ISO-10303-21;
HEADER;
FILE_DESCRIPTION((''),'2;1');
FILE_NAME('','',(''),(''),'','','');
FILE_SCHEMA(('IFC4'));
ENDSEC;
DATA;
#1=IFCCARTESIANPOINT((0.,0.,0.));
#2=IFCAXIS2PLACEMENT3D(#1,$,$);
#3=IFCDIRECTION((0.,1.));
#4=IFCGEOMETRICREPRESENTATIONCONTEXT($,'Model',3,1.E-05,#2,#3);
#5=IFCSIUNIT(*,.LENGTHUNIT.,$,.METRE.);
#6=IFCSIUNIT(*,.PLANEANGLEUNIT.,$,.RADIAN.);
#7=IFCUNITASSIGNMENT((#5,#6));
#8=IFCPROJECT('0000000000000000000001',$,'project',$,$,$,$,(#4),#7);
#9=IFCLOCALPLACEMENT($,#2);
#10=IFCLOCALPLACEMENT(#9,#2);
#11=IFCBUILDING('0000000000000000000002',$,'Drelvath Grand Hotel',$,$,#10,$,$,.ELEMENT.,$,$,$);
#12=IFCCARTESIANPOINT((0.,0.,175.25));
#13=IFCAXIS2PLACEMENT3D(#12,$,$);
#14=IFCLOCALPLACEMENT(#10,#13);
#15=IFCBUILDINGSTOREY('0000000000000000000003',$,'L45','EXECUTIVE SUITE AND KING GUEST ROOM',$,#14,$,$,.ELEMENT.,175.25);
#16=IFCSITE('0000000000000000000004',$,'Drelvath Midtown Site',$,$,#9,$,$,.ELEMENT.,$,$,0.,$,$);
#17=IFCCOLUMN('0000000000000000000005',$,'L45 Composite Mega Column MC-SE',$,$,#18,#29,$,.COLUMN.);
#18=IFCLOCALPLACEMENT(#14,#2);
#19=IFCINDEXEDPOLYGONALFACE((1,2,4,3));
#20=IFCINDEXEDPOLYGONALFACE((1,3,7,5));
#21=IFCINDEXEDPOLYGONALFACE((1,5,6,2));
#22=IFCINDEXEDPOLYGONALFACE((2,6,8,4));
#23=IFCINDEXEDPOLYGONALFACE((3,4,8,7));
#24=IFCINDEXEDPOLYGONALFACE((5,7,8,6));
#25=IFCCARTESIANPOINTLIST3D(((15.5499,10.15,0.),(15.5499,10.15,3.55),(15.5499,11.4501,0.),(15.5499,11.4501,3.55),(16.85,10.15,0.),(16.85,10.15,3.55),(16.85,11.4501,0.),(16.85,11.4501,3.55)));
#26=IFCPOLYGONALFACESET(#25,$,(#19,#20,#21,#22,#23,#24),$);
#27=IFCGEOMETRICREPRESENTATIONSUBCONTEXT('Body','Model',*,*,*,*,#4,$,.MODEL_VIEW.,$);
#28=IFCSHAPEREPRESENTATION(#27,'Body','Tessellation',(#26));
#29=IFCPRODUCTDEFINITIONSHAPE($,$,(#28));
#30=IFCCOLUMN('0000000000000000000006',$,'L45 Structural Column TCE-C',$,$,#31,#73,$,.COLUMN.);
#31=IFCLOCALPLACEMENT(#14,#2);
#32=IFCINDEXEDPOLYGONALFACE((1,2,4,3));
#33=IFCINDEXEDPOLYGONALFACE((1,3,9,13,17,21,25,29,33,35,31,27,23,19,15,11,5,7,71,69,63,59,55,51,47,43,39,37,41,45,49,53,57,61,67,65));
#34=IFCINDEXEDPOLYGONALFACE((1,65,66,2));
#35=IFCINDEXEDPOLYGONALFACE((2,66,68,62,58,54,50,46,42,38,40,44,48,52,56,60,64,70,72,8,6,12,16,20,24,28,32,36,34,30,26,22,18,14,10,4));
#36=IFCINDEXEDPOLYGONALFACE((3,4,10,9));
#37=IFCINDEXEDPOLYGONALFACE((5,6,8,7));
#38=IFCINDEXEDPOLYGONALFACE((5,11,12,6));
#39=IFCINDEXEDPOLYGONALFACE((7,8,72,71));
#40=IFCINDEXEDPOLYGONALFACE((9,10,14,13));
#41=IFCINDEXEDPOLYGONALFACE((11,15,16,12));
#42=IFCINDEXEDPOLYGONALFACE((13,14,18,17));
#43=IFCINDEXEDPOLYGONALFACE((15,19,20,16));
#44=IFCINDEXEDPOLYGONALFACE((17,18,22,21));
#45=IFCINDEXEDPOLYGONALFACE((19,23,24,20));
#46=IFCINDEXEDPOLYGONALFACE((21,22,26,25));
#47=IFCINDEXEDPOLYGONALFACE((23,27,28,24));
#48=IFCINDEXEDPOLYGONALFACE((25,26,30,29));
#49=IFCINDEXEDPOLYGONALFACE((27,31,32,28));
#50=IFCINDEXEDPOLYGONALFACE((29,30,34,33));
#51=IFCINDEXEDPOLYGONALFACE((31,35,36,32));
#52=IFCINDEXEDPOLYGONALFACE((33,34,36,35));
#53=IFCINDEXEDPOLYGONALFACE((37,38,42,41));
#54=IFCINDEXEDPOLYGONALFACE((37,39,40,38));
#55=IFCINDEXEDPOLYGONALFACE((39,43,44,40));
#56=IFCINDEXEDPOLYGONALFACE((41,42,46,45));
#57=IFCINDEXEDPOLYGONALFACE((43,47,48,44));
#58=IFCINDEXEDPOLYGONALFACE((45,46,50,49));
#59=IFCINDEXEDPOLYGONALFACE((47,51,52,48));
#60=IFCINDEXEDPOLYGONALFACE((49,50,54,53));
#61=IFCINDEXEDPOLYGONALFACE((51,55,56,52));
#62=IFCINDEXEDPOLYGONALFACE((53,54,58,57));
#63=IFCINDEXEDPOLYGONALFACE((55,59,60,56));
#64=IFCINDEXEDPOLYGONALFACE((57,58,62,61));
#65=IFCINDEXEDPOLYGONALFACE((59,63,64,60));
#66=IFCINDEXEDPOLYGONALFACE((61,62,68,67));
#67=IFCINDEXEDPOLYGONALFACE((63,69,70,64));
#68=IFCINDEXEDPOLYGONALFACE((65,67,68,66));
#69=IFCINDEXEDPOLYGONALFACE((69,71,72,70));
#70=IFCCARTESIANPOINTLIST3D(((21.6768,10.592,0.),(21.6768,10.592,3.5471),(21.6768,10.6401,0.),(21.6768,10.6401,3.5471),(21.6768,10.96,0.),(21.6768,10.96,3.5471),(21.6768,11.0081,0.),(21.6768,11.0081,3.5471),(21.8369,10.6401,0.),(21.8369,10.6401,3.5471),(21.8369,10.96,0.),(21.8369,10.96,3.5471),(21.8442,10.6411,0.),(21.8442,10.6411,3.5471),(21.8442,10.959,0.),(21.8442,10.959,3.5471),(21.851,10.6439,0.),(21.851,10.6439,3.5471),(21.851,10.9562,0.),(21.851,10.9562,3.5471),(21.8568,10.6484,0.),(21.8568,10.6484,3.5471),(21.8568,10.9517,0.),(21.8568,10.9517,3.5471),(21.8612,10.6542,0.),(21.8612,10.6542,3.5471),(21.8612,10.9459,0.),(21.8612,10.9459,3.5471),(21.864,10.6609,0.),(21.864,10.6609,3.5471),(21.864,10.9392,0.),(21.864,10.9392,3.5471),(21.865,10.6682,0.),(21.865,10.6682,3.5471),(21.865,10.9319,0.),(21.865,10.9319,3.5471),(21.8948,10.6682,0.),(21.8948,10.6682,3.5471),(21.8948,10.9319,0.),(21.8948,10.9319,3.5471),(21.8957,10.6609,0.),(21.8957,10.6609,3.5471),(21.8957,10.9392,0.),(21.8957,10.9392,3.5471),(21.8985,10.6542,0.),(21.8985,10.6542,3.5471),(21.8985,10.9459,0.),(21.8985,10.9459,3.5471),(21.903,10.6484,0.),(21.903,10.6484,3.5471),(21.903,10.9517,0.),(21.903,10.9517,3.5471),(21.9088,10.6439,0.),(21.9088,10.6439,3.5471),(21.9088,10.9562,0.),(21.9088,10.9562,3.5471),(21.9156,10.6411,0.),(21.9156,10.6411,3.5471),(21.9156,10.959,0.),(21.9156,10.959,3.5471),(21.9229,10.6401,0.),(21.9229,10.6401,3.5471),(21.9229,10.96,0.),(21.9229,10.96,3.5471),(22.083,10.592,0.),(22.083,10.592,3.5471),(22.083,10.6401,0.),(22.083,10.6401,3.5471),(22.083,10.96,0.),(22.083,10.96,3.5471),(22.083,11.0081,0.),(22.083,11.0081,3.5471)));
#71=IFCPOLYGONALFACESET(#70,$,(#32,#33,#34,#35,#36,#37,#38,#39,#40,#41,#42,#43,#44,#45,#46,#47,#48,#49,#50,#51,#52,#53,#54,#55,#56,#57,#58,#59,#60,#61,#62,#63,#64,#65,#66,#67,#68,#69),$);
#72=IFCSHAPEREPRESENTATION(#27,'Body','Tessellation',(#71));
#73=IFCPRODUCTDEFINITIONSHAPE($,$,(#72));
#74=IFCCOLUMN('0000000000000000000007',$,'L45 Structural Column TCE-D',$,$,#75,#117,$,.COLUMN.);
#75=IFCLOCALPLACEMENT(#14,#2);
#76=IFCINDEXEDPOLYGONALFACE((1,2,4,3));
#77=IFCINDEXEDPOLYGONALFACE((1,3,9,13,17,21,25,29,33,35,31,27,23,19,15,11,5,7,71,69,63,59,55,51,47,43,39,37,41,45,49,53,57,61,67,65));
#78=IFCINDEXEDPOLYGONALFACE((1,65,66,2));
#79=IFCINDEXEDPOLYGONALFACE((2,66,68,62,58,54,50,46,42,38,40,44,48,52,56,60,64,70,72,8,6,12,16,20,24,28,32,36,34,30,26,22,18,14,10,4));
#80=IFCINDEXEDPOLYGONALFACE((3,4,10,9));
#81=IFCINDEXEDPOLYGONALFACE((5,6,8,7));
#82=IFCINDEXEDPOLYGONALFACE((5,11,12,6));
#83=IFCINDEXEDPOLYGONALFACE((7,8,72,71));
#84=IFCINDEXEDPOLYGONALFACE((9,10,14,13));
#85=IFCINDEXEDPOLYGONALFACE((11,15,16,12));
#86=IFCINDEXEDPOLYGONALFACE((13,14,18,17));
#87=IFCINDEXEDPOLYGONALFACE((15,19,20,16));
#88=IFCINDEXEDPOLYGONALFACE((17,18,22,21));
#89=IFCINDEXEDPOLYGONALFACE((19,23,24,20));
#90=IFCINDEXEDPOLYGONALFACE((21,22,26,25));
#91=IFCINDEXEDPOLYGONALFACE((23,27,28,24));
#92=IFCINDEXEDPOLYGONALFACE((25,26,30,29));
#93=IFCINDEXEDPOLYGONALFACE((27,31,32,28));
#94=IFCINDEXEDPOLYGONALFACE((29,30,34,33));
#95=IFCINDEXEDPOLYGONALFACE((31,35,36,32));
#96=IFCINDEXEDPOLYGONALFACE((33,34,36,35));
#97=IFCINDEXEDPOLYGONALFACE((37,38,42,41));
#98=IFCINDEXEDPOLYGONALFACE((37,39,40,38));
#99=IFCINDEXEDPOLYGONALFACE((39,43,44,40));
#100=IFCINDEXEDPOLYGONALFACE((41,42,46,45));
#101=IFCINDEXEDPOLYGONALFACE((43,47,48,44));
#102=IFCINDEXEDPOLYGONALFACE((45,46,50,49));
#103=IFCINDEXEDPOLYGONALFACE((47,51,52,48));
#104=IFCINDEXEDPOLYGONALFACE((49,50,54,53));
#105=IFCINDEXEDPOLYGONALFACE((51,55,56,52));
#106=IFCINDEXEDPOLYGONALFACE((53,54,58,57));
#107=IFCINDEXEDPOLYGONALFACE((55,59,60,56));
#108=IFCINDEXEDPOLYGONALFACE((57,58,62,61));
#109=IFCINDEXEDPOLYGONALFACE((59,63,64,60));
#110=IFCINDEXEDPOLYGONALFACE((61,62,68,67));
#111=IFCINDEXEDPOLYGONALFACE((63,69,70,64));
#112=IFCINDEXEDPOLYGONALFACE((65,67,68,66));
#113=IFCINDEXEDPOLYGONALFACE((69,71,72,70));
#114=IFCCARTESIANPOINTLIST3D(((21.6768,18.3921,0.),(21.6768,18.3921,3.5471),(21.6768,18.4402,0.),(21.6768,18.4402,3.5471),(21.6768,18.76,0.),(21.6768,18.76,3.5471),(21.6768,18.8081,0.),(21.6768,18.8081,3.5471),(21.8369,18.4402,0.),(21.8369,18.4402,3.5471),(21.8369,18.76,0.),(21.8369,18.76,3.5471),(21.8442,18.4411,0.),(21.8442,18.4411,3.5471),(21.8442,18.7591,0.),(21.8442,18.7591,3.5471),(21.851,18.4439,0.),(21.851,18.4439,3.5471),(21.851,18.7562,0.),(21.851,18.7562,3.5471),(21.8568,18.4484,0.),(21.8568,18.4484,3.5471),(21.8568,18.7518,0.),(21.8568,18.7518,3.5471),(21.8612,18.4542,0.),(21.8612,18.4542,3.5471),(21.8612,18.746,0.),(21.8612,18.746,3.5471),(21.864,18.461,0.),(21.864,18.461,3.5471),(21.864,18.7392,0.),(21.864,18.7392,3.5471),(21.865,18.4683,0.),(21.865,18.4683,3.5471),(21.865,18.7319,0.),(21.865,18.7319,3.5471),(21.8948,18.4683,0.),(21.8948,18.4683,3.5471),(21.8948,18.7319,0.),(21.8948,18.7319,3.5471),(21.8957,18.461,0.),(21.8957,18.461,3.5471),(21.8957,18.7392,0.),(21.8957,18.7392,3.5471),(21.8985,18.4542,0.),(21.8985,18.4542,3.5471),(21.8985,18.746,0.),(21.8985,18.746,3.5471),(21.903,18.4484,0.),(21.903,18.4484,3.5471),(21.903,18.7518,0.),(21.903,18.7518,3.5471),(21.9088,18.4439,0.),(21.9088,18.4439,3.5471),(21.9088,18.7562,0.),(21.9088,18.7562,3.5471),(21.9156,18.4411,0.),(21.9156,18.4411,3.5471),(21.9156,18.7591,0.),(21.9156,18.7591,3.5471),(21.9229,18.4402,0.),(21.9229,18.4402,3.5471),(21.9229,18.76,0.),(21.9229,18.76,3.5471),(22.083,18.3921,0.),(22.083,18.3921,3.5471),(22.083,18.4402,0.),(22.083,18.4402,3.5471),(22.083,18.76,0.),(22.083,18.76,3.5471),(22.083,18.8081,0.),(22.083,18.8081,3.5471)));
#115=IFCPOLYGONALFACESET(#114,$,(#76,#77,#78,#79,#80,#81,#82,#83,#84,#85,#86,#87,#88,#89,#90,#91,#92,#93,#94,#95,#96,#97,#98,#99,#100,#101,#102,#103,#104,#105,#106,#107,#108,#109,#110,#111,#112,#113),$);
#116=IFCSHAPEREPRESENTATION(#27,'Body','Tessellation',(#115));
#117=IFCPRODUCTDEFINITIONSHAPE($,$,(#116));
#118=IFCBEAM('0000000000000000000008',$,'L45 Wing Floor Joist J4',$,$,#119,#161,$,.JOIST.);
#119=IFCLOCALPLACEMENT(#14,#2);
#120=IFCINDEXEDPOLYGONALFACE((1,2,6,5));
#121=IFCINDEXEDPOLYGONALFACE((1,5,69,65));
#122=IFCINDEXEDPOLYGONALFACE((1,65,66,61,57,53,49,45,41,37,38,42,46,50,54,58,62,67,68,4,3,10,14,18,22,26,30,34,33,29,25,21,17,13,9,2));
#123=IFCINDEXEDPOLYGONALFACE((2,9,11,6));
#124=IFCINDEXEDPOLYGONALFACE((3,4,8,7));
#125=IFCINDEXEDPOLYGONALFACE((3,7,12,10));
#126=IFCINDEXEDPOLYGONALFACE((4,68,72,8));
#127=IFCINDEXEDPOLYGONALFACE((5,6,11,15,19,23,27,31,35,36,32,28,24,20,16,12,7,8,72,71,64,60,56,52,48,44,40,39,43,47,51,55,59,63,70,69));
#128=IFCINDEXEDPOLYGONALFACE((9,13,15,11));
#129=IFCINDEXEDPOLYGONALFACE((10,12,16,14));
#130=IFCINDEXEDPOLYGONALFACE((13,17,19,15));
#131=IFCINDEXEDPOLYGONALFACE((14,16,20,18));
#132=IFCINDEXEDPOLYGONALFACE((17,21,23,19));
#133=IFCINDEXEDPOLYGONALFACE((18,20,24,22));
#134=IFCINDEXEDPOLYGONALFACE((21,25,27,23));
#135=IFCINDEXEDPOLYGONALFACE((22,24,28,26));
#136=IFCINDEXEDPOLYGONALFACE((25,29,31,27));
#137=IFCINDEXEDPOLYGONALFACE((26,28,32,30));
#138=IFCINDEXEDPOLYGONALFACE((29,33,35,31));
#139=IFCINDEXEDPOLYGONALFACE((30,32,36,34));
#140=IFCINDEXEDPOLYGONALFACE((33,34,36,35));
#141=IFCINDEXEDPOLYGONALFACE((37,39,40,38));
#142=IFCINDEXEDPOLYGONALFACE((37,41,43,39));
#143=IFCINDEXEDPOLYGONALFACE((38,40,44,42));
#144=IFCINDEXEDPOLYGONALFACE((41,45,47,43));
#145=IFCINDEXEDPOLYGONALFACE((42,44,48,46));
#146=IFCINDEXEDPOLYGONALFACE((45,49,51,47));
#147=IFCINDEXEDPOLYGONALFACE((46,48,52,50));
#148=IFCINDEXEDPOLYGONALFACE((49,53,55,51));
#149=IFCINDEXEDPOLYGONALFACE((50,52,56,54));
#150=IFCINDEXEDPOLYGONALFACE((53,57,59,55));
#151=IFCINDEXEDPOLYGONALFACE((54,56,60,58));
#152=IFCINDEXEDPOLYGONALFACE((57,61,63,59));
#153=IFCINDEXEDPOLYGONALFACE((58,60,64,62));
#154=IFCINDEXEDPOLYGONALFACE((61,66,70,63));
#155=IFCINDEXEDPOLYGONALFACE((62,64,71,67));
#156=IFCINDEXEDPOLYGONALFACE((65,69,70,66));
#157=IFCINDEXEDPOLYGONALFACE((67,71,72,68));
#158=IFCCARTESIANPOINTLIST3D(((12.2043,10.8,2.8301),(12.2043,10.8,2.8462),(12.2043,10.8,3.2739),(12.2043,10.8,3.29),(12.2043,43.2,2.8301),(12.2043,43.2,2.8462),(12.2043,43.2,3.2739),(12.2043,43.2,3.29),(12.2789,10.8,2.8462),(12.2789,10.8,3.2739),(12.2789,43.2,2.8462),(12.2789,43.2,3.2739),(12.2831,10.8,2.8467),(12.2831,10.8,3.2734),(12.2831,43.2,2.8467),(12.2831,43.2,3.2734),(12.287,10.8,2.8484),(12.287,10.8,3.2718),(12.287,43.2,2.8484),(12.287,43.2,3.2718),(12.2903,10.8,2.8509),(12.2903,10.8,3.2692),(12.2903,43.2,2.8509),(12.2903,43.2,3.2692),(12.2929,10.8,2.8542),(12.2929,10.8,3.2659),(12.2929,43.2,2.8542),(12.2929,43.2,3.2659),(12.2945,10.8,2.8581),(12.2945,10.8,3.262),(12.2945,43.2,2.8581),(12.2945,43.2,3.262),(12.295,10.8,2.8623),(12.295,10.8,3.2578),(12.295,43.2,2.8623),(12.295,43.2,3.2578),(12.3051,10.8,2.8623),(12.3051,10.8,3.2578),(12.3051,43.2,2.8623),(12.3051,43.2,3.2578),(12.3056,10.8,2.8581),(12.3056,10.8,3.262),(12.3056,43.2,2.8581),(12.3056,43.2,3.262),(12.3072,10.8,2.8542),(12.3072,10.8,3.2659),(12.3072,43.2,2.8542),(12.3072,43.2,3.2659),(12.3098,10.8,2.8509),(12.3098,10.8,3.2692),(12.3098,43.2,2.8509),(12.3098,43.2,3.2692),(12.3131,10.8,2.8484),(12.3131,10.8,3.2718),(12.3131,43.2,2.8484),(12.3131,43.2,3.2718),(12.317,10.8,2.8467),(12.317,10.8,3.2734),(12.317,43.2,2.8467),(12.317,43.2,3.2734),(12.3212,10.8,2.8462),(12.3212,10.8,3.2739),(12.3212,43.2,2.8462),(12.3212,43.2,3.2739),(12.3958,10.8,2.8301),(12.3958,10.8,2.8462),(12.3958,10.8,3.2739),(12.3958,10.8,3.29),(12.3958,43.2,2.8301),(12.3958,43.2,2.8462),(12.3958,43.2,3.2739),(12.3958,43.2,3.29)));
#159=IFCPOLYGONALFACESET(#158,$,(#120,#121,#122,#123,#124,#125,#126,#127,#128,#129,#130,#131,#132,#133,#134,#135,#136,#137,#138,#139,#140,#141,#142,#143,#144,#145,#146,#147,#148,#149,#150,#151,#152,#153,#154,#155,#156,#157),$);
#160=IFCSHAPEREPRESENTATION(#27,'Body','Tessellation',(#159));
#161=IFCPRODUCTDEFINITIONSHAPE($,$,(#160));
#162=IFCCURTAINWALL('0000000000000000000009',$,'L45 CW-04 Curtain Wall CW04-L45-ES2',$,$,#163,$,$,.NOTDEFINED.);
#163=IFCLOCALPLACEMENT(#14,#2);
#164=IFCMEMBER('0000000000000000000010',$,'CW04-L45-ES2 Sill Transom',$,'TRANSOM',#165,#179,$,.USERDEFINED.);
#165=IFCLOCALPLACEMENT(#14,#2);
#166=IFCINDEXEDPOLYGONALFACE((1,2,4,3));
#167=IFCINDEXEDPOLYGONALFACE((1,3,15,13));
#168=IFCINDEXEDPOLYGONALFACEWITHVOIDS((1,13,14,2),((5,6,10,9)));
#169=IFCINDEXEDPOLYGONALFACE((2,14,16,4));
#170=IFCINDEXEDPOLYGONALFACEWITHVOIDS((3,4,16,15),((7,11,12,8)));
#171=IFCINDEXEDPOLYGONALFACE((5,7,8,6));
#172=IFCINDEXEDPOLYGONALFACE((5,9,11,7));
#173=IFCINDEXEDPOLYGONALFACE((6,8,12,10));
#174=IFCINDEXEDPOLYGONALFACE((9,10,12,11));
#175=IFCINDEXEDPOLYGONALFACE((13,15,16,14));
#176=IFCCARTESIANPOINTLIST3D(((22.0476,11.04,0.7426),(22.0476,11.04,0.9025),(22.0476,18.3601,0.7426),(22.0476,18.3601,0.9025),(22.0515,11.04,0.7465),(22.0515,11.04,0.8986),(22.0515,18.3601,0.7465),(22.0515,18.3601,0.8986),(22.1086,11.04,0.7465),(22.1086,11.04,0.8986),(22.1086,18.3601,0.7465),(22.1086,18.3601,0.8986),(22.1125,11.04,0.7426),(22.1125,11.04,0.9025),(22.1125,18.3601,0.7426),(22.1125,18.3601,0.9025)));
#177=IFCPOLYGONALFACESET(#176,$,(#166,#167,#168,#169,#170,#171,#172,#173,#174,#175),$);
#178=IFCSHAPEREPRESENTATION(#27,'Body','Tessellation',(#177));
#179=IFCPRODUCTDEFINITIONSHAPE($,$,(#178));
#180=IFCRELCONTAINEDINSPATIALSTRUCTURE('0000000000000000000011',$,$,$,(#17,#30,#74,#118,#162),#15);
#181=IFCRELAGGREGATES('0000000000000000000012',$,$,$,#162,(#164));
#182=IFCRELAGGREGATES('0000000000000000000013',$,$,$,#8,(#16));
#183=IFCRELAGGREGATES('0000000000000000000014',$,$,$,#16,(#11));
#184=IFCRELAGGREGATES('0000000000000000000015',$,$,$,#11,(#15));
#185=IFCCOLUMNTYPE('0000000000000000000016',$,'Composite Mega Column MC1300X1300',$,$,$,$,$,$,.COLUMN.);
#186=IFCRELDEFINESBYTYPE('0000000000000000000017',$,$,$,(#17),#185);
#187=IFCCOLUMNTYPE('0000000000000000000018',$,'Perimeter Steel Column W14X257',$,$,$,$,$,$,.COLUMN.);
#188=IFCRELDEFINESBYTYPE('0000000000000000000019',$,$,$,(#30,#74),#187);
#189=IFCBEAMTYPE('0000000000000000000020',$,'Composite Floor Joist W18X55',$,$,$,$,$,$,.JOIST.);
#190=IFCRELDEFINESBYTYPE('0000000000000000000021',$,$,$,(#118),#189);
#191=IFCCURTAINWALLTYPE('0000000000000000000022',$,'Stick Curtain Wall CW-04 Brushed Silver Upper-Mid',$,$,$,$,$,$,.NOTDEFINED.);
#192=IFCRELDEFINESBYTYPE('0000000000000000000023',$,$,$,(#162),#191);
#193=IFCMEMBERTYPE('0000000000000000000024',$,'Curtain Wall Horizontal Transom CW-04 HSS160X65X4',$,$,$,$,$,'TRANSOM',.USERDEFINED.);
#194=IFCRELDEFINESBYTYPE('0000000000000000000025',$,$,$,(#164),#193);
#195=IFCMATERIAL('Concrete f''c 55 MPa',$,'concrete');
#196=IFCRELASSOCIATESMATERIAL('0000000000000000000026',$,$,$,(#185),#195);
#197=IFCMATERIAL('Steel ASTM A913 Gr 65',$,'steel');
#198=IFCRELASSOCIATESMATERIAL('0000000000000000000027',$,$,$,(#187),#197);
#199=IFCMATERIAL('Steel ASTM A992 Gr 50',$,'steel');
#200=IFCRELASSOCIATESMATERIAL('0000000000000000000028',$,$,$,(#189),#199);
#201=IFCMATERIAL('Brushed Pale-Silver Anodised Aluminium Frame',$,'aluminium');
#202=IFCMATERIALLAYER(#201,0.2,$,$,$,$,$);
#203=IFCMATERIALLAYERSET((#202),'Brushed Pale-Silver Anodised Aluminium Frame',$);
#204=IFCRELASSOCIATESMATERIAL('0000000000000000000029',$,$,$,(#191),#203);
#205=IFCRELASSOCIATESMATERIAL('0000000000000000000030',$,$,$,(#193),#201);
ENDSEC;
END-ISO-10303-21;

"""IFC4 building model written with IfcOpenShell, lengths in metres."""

from ifc_helpers import new_model, si_unit, direction, frame, origin, origin_2d, place, context, subcontext, project, spatial, rectangle, hollow_rectangle, i_section, extrude, material, layer, layer_set, material_profile, profile_set, type_object, element, aggregate, save


model = new_model("IFC4")

# Units and contexts
model_context = context("Model", 3, precision=1e-05, world=origin(), true_north=direction((0.0, 1.0)))
body_context = subcontext(model_context, "Body", "Model", "MODEL_VIEW")
ifc_project = project(units=[si_unit("LENGTHUNIT", "METRE"), si_unit("PLANEANGLEUNIT", "RADIAN")], contexts=[model_context])

# Site, building, storey
site_placement = place(None, origin())
site = spatial("IfcSite", under=ifc_project, at=site_placement, Name="Drelvath Midtown Site", CompositionType="ELEMENT", RefElevation=0.0)
building_placement = place(site_placement, origin())
building = spatial("IfcBuilding", under=site, at=building_placement, Name="Drelvath Grand Hotel", CompositionType="ELEMENT")
storey_placement = place(building_placement, frame((0.0, 0.0, 175.25)))
storey = spatial("IfcBuildingStorey", under=building, at=storey_placement, Name="L45", Description="EXECUTIVE SUITE AND KING GUEST ROOM", CompositionType="ELEMENT", Elevation=175.25)

# Columns
ifc_material_1 = material(Name="Concrete f'c 55 MPa", Category="concrete")
ifc_material_profile_1 = material_profile(ifc_material_1, rectangle(XDim=1.3, YDim=1.3, at=origin_2d()), Name="MC1300X1300")
ifc_profile_set_1 = profile_set([ifc_material_profile_1], Name="Concrete f'c 55 MPa")
column_type_1 = type_object("IfcColumnType", Name="Composite Mega Column MC1300X1300", PredefinedType="COLUMN", material=ifc_profile_set_1)
column_placement = place(storey_placement, frame((16.2, 10.8, 0.0), z_axis=(0.0, 0.0, 1.0), x_axis=(1.0, 0.0, 0.0)))
element("IfcColumn", 1, at=column_placement, inside=storey, type_object=column_type_1, Name="L45 Composite Mega Column MC-SE", PredefinedType="COLUMN", context=body_context, shape_type="SweptSolid", body=[
    extrude(rectangle(XDim=1.3, YDim=1.3, at=origin_2d()), origin(), (0.0, 0.0, 1.0), 3.55),
])
ifc_material_2 = material(Name="Steel ASTM A913 Gr 65", Category="steel")
ifc_material_profile_2 = material_profile(ifc_material_2, i_section(OverallWidth=0.4062, OverallDepth=0.416, WebThickness=0.0298, FlangeThickness=0.0481, FilletRadius=0.0281, at=origin_2d()), Name="W14X257")
ifc_profile_set_2 = profile_set([ifc_material_profile_2], Name="Steel ASTM A913 Gr 65")
column_type_2 = type_object("IfcColumnType", Name="Perimeter Steel Column W14X257", PredefinedType="COLUMN", material=ifc_profile_set_2)
for number, where, z_axis, x_axis, name in (
    (2, (21.8799, 10.8, 0.0), (0.0, 0.0, 1.0), (1.0, 0.0, 0.0), "L45 Structural Column TCE-C"),
    (3, (21.8799, 18.6001, 0.0), (0.0, 0.0, 1.0), (1.0, 0.0, 0.0), "L45 Structural Column TCE-D"),
):
    element("IfcColumn", number, at=place(storey_placement, frame(where, z_axis=z_axis, x_axis=x_axis)), inside=storey, type_object=column_type_2, Name=name, PredefinedType="COLUMN", context=body_context, shape_type="SweptSolid", body=[
        extrude(i_section(OverallWidth=0.4062, OverallDepth=0.416, WebThickness=0.0298, FlangeThickness=0.0481, FilletRadius=0.0281, at=origin_2d()), origin(), (0.0, 0.0, 1.0), 3.5471),
    ])

# Beam
ifc_material_3 = material(Name="Steel ASTM A992 Gr 50", Category="steel")
ifc_material_profile_3 = material_profile(ifc_material_3, i_section(OverallWidth=0.1914, OverallDepth=0.46, WebThickness=0.01, FlangeThickness=0.0161, FilletRadius=0.0161, at=origin_2d()), Name="W18X55")
ifc_profile_set_3 = profile_set([ifc_material_profile_3], Name="Steel ASTM A992 Gr 50")
beam_type_1 = type_object("IfcBeamType", Name="Composite Floor Joist W18X55", PredefinedType="JOIST", material=ifc_profile_set_3)
beam_1_placement = place(storey_placement, frame((12.3, 10.8, 3.0601), z_axis=(0.0, 1.0, 0.0), x_axis=(-1.0, 0.0, 0.0)))
element("IfcBeam", 4, at=beam_1_placement, inside=storey, type_object=beam_type_1, Name="L45 Wing Floor Joist J4", PredefinedType="JOIST", context=body_context, shape_type="SweptSolid", body=[
    extrude(i_section(OverallWidth=0.1914, OverallDepth=0.46, WebThickness=0.01, FlangeThickness=0.0161, FilletRadius=0.0161, at=origin_2d()), origin(), (0.0, 0.0, 1.0), 32.3999),
])

# Curtain wall, member
ifc_material_4 = material(Name="Brushed Pale-Silver Anodised Aluminium Frame", Category="aluminium")
ifc_layer_1 = layer(ifc_material_4, 0.2)
ifc_layer_set_1 = layer_set([ifc_layer_1], Name="Brushed Pale-Silver Anodised Aluminium Frame")
curtain_wall_type = type_object("IfcCurtainWallType", Name="Stick Curtain Wall CW-04 Brushed Silver Upper-Mid", PredefinedType="NOTDEFINED", material=ifc_layer_set_1)
curtain_wall_1_placement = place(storey_placement, origin())
curtain_wall_1 = element("IfcCurtainWall", 5, at=curtain_wall_1_placement, inside=storey, type_object=curtain_wall_type, Name="L45 CW-04 Curtain Wall CW04-L45-ES2", PredefinedType="NOTDEFINED")
ifc_material_profile_4 = material_profile(ifc_material_4, hollow_rectangle(XDim=0.0649, YDim=0.1599, WallThickness=0.0039, at=origin_2d()), Name="HSS160X65X4")
ifc_profile_set_4 = profile_set([ifc_material_profile_4], Name="Brushed Pale-Silver Anodised Aluminium Frame")
member_type_1 = type_object("IfcMemberType", Name="Curtain Wall Horizontal Transom CW-04 HSS160X65X4", ElementType="TRANSOM", PredefinedType="USERDEFINED", material=ifc_profile_set_4)
member_1_placement = place(storey_placement, frame((22.0801, 18.3601, 0.8225), z_axis=(0.0, -1.0, 0.0), x_axis=(1.0, 0.0, 0.0)))
member_1 = element("IfcMember", 6, at=member_1_placement, type_object=member_type_1, Name="CW04-L45-ES2 Sill Transom", ObjectType="TRANSOM", PredefinedType="USERDEFINED", context=body_context, shape_type="SweptSolid", body=[
    extrude(hollow_rectangle(XDim=0.0649, YDim=0.1599, WallThickness=0.0039, at=origin_2d()), origin(), (0.0, 0.0, 1.0), 7.3201),
])

aggregate(curtain_wall_1, [member_1])

save(model, "model.ifc")
